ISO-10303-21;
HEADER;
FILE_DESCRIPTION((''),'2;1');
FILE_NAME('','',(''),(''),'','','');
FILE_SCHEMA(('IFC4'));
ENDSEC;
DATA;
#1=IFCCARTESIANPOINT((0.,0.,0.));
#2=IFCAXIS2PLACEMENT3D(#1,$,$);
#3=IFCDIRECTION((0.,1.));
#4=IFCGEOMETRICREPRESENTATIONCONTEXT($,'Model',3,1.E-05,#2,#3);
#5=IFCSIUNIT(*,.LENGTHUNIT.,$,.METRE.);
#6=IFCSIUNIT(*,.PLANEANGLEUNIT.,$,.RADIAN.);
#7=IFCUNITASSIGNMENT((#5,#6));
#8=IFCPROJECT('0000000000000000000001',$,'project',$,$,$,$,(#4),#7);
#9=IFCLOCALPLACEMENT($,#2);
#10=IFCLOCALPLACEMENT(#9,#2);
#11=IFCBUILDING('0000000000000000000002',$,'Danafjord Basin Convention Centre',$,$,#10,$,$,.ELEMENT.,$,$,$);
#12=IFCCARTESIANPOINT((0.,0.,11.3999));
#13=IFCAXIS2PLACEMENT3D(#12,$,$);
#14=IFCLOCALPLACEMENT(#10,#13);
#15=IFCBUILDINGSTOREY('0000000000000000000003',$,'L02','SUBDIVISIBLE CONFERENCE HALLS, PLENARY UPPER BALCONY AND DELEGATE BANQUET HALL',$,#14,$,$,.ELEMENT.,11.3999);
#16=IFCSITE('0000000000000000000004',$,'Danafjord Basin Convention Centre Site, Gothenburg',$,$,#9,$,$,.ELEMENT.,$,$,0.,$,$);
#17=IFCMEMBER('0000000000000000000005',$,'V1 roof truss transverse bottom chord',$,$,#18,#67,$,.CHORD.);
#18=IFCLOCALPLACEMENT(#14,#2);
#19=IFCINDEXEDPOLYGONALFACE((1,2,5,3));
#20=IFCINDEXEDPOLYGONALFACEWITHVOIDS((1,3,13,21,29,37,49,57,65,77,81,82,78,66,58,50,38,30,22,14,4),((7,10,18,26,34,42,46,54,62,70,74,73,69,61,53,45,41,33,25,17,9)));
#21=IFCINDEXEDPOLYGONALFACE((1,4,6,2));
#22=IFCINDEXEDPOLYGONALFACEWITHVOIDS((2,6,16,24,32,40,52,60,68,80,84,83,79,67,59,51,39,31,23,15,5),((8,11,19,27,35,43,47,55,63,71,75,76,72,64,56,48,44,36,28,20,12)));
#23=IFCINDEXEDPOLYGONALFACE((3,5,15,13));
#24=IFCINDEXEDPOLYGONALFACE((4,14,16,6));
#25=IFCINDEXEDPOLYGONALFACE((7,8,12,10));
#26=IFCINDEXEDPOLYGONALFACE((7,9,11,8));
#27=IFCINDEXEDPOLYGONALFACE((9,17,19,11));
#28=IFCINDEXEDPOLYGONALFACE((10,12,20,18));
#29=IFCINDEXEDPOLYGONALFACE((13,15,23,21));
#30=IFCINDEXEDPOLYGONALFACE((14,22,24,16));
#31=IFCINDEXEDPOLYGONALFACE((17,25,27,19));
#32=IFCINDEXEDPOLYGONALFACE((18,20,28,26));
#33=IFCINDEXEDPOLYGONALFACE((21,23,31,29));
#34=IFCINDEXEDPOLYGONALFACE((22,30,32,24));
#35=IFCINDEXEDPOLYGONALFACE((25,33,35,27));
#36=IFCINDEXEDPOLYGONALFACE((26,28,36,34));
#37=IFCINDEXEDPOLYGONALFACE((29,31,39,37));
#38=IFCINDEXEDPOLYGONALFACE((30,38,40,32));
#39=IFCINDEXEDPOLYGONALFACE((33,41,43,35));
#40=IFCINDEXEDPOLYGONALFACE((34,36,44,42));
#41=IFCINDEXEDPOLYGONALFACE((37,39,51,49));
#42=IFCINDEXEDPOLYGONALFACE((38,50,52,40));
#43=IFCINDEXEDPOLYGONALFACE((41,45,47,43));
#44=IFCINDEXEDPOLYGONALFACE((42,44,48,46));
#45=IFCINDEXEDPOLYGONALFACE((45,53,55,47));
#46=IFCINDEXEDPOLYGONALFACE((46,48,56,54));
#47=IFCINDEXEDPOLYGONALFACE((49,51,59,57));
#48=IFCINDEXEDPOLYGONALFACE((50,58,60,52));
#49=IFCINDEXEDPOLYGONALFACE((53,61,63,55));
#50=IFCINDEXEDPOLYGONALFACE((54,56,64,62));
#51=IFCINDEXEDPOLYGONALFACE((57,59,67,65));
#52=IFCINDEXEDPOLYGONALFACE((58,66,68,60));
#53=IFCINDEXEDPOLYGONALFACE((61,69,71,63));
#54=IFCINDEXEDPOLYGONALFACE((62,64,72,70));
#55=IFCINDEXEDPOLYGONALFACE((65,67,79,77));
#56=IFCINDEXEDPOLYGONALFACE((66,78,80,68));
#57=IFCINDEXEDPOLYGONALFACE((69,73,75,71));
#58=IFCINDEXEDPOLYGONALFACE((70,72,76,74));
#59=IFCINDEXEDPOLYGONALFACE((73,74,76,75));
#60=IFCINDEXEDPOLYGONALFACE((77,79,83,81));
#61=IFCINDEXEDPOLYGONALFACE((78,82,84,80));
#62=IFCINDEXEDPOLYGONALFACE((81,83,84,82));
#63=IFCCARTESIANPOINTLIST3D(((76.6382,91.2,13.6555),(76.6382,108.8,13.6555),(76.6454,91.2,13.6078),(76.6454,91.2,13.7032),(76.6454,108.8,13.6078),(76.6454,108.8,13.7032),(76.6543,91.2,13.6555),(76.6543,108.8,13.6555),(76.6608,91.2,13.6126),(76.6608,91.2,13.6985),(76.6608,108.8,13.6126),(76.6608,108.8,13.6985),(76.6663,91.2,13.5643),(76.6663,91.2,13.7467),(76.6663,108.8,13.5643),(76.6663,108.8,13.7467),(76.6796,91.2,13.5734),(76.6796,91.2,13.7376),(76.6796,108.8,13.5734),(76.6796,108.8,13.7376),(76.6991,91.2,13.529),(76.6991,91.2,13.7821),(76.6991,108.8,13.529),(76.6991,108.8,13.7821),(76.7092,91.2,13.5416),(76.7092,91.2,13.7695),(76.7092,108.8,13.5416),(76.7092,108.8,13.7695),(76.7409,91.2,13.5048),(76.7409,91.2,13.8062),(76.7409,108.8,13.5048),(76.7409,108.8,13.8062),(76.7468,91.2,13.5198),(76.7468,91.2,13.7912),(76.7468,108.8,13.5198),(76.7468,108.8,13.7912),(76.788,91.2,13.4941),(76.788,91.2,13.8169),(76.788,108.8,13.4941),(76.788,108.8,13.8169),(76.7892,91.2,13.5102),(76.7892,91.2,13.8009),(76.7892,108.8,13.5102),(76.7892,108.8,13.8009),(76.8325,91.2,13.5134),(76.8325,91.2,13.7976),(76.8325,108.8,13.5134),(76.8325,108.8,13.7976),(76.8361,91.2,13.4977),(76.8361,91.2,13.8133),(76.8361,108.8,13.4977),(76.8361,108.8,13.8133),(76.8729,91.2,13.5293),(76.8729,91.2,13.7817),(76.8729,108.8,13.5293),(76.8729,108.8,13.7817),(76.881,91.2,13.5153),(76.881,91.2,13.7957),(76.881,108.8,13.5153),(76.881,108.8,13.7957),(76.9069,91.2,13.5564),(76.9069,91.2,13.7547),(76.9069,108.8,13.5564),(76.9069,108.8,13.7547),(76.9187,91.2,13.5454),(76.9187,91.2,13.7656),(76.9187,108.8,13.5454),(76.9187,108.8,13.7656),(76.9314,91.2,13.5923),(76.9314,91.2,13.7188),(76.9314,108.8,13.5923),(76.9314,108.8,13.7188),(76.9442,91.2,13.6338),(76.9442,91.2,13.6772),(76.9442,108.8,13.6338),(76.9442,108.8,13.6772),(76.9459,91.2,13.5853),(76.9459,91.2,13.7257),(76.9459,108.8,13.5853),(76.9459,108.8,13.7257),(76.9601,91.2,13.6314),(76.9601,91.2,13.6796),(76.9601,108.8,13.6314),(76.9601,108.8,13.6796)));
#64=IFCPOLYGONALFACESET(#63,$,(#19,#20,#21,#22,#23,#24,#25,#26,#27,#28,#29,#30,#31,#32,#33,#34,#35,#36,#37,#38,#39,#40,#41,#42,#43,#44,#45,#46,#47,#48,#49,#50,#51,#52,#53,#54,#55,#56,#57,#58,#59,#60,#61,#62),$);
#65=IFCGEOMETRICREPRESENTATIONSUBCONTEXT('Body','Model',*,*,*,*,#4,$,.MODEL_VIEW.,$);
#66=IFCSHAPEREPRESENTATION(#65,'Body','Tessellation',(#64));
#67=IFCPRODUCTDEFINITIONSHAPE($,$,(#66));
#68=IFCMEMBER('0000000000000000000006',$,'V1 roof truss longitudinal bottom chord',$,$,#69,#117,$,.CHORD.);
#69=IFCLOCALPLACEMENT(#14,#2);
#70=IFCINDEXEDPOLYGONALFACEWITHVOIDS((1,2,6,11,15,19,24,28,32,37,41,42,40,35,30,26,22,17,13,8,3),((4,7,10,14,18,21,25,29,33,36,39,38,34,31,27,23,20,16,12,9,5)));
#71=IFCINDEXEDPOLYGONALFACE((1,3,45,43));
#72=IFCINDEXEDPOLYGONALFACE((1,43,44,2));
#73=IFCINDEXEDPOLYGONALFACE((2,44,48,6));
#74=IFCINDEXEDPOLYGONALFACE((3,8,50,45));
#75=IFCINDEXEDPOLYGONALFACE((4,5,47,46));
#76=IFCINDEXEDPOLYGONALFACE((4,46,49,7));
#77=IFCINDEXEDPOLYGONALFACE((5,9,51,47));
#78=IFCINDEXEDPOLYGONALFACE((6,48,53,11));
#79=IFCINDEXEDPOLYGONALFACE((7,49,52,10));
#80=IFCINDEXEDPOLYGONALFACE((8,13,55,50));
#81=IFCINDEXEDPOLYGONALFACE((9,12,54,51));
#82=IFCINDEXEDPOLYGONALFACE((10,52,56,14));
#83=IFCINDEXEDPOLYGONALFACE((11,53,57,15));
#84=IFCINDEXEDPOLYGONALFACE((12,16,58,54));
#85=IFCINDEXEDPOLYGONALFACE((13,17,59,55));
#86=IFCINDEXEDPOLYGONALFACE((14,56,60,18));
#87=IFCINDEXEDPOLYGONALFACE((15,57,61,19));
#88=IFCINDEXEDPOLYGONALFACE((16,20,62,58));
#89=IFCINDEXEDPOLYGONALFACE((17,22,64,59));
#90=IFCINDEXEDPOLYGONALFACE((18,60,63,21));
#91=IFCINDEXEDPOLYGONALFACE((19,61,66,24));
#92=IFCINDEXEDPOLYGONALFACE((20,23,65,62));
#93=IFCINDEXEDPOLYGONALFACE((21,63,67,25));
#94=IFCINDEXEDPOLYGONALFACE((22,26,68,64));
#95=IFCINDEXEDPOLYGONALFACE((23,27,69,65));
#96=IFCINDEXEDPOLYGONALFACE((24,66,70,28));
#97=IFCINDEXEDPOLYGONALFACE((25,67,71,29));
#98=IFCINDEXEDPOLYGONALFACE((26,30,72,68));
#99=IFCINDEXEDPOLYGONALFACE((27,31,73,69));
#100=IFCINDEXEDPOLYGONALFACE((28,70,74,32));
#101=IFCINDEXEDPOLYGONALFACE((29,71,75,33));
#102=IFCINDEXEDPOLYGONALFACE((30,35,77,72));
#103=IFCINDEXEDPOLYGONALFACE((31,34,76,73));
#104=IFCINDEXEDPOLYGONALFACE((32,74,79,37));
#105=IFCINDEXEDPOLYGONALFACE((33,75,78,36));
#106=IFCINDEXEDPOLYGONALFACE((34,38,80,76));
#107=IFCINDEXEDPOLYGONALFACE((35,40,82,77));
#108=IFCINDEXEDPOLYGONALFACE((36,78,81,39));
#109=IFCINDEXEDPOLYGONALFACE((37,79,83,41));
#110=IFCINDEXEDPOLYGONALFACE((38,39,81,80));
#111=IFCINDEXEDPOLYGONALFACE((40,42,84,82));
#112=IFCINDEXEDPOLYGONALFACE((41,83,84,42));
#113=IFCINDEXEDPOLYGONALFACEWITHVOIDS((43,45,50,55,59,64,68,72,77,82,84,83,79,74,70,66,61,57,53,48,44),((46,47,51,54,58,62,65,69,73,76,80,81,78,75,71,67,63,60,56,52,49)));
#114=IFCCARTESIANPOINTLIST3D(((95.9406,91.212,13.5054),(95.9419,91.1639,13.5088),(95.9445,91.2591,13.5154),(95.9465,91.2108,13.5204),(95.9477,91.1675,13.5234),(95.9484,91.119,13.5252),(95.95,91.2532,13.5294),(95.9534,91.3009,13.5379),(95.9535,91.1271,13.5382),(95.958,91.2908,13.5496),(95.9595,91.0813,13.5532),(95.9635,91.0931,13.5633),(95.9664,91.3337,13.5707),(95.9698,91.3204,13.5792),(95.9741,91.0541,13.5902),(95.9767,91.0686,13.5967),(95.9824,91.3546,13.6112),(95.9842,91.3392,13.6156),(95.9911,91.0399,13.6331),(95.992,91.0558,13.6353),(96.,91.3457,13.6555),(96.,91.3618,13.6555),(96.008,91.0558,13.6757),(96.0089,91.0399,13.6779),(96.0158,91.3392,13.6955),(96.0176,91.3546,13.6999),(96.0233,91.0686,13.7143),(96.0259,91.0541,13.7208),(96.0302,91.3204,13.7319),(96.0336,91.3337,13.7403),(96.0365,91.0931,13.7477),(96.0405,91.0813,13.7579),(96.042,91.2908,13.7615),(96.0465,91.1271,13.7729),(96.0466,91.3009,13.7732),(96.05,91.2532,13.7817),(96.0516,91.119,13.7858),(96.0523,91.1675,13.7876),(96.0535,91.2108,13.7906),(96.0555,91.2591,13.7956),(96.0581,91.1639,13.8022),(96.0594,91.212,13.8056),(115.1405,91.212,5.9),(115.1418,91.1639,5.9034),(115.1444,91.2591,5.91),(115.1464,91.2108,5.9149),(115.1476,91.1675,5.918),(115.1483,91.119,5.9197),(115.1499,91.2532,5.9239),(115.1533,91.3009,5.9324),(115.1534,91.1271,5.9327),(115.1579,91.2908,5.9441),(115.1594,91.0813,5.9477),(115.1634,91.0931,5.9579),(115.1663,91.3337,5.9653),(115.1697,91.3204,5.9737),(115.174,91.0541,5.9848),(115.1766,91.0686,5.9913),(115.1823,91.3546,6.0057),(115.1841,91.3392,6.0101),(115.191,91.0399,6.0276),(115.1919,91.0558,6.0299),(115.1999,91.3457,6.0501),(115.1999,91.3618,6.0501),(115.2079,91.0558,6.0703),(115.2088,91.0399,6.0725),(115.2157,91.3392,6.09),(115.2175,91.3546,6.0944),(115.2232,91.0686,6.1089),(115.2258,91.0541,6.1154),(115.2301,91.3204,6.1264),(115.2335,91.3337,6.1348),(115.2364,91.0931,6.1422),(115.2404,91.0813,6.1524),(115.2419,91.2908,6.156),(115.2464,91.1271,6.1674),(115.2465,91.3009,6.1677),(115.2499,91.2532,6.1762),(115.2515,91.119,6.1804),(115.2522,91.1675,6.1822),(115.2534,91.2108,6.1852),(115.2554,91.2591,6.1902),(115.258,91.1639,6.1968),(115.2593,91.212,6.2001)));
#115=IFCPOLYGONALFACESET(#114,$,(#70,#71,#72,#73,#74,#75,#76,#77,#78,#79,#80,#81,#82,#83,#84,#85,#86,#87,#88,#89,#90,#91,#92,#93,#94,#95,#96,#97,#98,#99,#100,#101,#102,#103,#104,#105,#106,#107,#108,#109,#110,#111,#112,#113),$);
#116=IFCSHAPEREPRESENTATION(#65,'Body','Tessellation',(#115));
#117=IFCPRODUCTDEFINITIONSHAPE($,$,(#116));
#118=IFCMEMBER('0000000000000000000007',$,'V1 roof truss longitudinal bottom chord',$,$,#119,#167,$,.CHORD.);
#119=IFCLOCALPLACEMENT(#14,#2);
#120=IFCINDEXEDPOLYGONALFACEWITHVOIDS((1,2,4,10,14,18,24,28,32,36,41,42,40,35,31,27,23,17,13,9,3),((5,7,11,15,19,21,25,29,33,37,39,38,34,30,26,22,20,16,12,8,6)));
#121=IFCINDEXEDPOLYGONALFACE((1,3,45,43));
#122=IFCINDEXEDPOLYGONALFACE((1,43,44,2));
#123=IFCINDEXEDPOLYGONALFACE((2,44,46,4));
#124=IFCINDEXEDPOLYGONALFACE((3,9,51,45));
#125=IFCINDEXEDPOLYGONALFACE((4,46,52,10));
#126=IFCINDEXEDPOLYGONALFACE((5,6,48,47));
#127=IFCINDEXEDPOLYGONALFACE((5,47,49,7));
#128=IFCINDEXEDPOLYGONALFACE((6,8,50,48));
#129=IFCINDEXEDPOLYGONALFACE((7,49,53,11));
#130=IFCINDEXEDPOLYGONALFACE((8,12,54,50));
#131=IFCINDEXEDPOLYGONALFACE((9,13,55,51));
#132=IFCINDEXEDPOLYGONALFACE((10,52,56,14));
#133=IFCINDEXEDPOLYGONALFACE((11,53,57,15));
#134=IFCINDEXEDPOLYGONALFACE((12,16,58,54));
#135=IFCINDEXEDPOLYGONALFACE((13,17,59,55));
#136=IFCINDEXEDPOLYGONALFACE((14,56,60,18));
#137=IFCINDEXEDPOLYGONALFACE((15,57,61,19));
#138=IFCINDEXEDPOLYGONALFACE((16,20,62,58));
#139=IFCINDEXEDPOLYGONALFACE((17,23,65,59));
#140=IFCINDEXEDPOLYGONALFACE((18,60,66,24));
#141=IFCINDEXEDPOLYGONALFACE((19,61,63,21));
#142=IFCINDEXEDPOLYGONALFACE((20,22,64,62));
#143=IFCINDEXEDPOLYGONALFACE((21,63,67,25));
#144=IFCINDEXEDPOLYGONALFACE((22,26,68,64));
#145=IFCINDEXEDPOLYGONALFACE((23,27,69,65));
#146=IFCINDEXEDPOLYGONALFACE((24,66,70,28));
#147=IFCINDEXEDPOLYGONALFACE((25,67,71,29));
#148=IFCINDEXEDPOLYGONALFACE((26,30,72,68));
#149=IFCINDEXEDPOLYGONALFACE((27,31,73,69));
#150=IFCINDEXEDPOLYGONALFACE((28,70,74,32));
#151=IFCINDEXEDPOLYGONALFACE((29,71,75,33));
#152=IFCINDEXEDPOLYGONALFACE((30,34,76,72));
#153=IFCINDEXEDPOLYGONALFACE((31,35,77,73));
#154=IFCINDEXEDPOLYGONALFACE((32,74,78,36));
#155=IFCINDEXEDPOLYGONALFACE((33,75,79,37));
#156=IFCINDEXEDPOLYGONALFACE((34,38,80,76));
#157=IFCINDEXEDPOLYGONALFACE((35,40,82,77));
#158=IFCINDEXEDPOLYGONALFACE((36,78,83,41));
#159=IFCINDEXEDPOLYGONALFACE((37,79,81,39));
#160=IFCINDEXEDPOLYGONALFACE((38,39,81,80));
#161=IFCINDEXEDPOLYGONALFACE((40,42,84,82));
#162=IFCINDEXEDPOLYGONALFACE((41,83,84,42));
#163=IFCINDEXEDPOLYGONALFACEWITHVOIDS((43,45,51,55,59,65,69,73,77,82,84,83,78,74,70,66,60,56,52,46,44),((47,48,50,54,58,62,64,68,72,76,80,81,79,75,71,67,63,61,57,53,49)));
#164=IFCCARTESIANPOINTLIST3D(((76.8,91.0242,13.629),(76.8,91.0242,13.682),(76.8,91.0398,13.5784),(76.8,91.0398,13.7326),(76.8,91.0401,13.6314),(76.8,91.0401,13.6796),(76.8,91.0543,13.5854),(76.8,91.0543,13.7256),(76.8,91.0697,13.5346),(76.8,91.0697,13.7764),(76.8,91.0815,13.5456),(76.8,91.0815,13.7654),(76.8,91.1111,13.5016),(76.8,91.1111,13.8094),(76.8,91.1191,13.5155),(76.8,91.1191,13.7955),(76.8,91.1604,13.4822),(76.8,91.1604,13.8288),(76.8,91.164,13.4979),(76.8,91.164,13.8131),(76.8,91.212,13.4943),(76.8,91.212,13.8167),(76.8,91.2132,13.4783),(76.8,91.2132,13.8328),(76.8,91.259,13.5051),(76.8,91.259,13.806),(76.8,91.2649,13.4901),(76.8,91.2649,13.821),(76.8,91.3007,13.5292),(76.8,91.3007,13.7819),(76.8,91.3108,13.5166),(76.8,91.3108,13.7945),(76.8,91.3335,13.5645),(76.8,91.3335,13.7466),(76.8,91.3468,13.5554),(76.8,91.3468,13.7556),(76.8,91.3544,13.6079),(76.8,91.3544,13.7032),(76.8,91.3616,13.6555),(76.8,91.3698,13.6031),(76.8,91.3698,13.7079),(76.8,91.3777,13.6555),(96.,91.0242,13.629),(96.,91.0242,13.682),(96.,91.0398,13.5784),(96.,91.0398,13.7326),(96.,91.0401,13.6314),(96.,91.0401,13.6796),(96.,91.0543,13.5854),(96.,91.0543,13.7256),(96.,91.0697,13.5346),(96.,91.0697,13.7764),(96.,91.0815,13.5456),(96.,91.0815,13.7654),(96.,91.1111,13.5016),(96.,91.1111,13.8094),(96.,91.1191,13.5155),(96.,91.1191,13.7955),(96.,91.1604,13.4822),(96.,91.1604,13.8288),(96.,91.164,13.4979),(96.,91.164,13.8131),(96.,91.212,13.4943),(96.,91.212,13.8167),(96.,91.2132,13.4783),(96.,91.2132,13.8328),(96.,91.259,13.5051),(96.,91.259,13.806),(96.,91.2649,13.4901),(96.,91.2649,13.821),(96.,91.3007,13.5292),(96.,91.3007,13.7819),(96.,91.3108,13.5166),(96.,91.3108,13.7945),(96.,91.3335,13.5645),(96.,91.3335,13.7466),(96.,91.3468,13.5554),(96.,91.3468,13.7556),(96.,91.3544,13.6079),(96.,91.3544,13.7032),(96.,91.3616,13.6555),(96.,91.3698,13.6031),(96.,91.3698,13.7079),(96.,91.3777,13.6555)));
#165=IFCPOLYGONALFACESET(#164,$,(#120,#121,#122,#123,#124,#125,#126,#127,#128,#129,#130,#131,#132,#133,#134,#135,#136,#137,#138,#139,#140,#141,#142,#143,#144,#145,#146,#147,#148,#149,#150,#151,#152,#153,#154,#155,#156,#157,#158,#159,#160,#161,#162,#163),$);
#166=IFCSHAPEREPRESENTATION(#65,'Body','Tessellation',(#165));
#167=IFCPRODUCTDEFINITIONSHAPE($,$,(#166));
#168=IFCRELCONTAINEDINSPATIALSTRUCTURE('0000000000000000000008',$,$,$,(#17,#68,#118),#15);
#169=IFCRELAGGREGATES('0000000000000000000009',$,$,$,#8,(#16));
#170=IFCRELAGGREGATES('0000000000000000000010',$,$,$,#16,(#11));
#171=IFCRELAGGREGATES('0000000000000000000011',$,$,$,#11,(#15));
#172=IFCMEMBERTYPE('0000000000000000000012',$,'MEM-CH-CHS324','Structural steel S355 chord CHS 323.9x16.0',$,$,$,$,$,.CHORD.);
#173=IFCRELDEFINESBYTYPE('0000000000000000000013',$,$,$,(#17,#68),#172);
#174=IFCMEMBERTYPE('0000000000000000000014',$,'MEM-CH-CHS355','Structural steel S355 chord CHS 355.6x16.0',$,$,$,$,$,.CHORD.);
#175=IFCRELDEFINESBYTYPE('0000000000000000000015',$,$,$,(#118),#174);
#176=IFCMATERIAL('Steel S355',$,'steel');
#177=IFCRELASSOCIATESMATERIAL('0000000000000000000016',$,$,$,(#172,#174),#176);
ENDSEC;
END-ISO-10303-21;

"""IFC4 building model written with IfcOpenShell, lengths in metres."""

from ifc_helpers import new_model, si_unit, direction, frame, origin, origin_2d, place, context, subcontext, project, spatial, hollow_circle, extrude, material, material_profile, profile_set, type_object, element, save


model = new_model("IFC4")

# Units and contexts
model_context = context("Model", 3, precision=1e-05, world=origin(), true_north=direction((0.0, 1.0)))
body_context = subcontext(model_context, "Body", "Model", "MODEL_VIEW")
ifc_project = project(units=[si_unit("LENGTHUNIT", "METRE"), si_unit("PLANEANGLEUNIT", "RADIAN")], contexts=[model_context])

# Site, building, storey
site_placement = place(None, origin())
site = spatial("IfcSite", under=ifc_project, at=site_placement, Name="Danafjord Basin Convention Centre Site, Gothenburg", CompositionType="ELEMENT", RefElevation=0.0)
building_placement = place(site_placement, origin())
building = spatial("IfcBuilding", under=site, at=building_placement, Name="Danafjord Basin Convention Centre", CompositionType="ELEMENT")
storey_placement = place(building_placement, frame((0.0, 0.0, 11.3999)))
storey = spatial("IfcBuildingStorey", under=building, at=storey_placement, Name="L02", Description="SUBDIVISIBLE CONFERENCE HALLS, PLENARY UPPER BALCONY AND DELEGATE BANQUET HALL", CompositionType="ELEMENT", Elevation=11.3999)

# Members
ifc_material = material(Name="Steel S355", Category="steel")
ifc_material_profile_1 = material_profile(ifc_material, hollow_circle(Radius=0.1619, WallThickness=0.0161, at=origin_2d()), Name="CHS 323.9x16.0")
ifc_profile_set_1 = profile_set([ifc_material_profile_1], Name="Steel S355")
member_type_1 = type_object("IfcMemberType", Name="MEM-CH-CHS324", Description="Structural steel S355 chord CHS 323.9x16.0", PredefinedType="CHORD", material=ifc_profile_set_1)
member_1_placement = place(storey_placement, frame((76.8, 91.2, 13.6555), z_axis=(0.0, 1.0, 0.0), x_axis=(-1.0, 0.0, 0.0)))
element("IfcMember", 1, at=member_1_placement, inside=storey, type_object=member_type_1, Name="V1 roof truss transverse bottom chord", PredefinedType="CHORD", context=body_context, shape_type="SweptSolid", body=[
    extrude(hollow_circle(Radius=0.1619, WallThickness=0.0161, at=origin_2d()), origin(), (0.0, 0.0, 1.0), 17.6001),
])
member_2_placement = place(storey_placement, frame((96.0, 91.2, 13.6555), z_axis=(0.929716, 0.0, -0.368278), x_axis=(0.0, 1.0, 0.0)))
element("IfcMember", 2, at=member_2_placement, inside=storey, type_object=member_type_1, Name="V1 roof truss longitudinal bottom chord", PredefinedType="CHORD", context=body_context, shape_type="SweptSolid", body=[
    extrude(hollow_circle(Radius=0.1619, WallThickness=0.0161, at=origin_2d()), origin(), (0.0, 0.0, 1.0), 20.6514),
])
ifc_material_profile_2 = material_profile(ifc_material, hollow_circle(Radius=0.1777, WallThickness=0.0161, at=origin_2d()), Name="CHS 355.6x16.0")
ifc_profile_set_2 = profile_set([ifc_material_profile_2], Name="Steel S355")
member_type_2 = type_object("IfcMemberType", Name="MEM-CH-CHS355", Description="Structural steel S355 chord CHS 355.6x16.0", PredefinedType="CHORD", material=ifc_profile_set_2)
member_3_placement = place(storey_placement, frame((76.8, 91.2, 13.6555), z_axis=(1.0, 0.0, 0.0), x_axis=(0.0, 1.0, 0.0)))
element("IfcMember", 3, at=member_3_placement, inside=storey, type_object=member_type_2, Name="V1 roof truss longitudinal bottom chord", PredefinedType="CHORD", context=body_context, shape_type="SweptSolid", body=[
    extrude(hollow_circle(Radius=0.1777, WallThickness=0.0161, at=origin_2d()), origin(), (0.0, 0.0, 1.0), 19.2),
])

save(model, "model.ifc")
